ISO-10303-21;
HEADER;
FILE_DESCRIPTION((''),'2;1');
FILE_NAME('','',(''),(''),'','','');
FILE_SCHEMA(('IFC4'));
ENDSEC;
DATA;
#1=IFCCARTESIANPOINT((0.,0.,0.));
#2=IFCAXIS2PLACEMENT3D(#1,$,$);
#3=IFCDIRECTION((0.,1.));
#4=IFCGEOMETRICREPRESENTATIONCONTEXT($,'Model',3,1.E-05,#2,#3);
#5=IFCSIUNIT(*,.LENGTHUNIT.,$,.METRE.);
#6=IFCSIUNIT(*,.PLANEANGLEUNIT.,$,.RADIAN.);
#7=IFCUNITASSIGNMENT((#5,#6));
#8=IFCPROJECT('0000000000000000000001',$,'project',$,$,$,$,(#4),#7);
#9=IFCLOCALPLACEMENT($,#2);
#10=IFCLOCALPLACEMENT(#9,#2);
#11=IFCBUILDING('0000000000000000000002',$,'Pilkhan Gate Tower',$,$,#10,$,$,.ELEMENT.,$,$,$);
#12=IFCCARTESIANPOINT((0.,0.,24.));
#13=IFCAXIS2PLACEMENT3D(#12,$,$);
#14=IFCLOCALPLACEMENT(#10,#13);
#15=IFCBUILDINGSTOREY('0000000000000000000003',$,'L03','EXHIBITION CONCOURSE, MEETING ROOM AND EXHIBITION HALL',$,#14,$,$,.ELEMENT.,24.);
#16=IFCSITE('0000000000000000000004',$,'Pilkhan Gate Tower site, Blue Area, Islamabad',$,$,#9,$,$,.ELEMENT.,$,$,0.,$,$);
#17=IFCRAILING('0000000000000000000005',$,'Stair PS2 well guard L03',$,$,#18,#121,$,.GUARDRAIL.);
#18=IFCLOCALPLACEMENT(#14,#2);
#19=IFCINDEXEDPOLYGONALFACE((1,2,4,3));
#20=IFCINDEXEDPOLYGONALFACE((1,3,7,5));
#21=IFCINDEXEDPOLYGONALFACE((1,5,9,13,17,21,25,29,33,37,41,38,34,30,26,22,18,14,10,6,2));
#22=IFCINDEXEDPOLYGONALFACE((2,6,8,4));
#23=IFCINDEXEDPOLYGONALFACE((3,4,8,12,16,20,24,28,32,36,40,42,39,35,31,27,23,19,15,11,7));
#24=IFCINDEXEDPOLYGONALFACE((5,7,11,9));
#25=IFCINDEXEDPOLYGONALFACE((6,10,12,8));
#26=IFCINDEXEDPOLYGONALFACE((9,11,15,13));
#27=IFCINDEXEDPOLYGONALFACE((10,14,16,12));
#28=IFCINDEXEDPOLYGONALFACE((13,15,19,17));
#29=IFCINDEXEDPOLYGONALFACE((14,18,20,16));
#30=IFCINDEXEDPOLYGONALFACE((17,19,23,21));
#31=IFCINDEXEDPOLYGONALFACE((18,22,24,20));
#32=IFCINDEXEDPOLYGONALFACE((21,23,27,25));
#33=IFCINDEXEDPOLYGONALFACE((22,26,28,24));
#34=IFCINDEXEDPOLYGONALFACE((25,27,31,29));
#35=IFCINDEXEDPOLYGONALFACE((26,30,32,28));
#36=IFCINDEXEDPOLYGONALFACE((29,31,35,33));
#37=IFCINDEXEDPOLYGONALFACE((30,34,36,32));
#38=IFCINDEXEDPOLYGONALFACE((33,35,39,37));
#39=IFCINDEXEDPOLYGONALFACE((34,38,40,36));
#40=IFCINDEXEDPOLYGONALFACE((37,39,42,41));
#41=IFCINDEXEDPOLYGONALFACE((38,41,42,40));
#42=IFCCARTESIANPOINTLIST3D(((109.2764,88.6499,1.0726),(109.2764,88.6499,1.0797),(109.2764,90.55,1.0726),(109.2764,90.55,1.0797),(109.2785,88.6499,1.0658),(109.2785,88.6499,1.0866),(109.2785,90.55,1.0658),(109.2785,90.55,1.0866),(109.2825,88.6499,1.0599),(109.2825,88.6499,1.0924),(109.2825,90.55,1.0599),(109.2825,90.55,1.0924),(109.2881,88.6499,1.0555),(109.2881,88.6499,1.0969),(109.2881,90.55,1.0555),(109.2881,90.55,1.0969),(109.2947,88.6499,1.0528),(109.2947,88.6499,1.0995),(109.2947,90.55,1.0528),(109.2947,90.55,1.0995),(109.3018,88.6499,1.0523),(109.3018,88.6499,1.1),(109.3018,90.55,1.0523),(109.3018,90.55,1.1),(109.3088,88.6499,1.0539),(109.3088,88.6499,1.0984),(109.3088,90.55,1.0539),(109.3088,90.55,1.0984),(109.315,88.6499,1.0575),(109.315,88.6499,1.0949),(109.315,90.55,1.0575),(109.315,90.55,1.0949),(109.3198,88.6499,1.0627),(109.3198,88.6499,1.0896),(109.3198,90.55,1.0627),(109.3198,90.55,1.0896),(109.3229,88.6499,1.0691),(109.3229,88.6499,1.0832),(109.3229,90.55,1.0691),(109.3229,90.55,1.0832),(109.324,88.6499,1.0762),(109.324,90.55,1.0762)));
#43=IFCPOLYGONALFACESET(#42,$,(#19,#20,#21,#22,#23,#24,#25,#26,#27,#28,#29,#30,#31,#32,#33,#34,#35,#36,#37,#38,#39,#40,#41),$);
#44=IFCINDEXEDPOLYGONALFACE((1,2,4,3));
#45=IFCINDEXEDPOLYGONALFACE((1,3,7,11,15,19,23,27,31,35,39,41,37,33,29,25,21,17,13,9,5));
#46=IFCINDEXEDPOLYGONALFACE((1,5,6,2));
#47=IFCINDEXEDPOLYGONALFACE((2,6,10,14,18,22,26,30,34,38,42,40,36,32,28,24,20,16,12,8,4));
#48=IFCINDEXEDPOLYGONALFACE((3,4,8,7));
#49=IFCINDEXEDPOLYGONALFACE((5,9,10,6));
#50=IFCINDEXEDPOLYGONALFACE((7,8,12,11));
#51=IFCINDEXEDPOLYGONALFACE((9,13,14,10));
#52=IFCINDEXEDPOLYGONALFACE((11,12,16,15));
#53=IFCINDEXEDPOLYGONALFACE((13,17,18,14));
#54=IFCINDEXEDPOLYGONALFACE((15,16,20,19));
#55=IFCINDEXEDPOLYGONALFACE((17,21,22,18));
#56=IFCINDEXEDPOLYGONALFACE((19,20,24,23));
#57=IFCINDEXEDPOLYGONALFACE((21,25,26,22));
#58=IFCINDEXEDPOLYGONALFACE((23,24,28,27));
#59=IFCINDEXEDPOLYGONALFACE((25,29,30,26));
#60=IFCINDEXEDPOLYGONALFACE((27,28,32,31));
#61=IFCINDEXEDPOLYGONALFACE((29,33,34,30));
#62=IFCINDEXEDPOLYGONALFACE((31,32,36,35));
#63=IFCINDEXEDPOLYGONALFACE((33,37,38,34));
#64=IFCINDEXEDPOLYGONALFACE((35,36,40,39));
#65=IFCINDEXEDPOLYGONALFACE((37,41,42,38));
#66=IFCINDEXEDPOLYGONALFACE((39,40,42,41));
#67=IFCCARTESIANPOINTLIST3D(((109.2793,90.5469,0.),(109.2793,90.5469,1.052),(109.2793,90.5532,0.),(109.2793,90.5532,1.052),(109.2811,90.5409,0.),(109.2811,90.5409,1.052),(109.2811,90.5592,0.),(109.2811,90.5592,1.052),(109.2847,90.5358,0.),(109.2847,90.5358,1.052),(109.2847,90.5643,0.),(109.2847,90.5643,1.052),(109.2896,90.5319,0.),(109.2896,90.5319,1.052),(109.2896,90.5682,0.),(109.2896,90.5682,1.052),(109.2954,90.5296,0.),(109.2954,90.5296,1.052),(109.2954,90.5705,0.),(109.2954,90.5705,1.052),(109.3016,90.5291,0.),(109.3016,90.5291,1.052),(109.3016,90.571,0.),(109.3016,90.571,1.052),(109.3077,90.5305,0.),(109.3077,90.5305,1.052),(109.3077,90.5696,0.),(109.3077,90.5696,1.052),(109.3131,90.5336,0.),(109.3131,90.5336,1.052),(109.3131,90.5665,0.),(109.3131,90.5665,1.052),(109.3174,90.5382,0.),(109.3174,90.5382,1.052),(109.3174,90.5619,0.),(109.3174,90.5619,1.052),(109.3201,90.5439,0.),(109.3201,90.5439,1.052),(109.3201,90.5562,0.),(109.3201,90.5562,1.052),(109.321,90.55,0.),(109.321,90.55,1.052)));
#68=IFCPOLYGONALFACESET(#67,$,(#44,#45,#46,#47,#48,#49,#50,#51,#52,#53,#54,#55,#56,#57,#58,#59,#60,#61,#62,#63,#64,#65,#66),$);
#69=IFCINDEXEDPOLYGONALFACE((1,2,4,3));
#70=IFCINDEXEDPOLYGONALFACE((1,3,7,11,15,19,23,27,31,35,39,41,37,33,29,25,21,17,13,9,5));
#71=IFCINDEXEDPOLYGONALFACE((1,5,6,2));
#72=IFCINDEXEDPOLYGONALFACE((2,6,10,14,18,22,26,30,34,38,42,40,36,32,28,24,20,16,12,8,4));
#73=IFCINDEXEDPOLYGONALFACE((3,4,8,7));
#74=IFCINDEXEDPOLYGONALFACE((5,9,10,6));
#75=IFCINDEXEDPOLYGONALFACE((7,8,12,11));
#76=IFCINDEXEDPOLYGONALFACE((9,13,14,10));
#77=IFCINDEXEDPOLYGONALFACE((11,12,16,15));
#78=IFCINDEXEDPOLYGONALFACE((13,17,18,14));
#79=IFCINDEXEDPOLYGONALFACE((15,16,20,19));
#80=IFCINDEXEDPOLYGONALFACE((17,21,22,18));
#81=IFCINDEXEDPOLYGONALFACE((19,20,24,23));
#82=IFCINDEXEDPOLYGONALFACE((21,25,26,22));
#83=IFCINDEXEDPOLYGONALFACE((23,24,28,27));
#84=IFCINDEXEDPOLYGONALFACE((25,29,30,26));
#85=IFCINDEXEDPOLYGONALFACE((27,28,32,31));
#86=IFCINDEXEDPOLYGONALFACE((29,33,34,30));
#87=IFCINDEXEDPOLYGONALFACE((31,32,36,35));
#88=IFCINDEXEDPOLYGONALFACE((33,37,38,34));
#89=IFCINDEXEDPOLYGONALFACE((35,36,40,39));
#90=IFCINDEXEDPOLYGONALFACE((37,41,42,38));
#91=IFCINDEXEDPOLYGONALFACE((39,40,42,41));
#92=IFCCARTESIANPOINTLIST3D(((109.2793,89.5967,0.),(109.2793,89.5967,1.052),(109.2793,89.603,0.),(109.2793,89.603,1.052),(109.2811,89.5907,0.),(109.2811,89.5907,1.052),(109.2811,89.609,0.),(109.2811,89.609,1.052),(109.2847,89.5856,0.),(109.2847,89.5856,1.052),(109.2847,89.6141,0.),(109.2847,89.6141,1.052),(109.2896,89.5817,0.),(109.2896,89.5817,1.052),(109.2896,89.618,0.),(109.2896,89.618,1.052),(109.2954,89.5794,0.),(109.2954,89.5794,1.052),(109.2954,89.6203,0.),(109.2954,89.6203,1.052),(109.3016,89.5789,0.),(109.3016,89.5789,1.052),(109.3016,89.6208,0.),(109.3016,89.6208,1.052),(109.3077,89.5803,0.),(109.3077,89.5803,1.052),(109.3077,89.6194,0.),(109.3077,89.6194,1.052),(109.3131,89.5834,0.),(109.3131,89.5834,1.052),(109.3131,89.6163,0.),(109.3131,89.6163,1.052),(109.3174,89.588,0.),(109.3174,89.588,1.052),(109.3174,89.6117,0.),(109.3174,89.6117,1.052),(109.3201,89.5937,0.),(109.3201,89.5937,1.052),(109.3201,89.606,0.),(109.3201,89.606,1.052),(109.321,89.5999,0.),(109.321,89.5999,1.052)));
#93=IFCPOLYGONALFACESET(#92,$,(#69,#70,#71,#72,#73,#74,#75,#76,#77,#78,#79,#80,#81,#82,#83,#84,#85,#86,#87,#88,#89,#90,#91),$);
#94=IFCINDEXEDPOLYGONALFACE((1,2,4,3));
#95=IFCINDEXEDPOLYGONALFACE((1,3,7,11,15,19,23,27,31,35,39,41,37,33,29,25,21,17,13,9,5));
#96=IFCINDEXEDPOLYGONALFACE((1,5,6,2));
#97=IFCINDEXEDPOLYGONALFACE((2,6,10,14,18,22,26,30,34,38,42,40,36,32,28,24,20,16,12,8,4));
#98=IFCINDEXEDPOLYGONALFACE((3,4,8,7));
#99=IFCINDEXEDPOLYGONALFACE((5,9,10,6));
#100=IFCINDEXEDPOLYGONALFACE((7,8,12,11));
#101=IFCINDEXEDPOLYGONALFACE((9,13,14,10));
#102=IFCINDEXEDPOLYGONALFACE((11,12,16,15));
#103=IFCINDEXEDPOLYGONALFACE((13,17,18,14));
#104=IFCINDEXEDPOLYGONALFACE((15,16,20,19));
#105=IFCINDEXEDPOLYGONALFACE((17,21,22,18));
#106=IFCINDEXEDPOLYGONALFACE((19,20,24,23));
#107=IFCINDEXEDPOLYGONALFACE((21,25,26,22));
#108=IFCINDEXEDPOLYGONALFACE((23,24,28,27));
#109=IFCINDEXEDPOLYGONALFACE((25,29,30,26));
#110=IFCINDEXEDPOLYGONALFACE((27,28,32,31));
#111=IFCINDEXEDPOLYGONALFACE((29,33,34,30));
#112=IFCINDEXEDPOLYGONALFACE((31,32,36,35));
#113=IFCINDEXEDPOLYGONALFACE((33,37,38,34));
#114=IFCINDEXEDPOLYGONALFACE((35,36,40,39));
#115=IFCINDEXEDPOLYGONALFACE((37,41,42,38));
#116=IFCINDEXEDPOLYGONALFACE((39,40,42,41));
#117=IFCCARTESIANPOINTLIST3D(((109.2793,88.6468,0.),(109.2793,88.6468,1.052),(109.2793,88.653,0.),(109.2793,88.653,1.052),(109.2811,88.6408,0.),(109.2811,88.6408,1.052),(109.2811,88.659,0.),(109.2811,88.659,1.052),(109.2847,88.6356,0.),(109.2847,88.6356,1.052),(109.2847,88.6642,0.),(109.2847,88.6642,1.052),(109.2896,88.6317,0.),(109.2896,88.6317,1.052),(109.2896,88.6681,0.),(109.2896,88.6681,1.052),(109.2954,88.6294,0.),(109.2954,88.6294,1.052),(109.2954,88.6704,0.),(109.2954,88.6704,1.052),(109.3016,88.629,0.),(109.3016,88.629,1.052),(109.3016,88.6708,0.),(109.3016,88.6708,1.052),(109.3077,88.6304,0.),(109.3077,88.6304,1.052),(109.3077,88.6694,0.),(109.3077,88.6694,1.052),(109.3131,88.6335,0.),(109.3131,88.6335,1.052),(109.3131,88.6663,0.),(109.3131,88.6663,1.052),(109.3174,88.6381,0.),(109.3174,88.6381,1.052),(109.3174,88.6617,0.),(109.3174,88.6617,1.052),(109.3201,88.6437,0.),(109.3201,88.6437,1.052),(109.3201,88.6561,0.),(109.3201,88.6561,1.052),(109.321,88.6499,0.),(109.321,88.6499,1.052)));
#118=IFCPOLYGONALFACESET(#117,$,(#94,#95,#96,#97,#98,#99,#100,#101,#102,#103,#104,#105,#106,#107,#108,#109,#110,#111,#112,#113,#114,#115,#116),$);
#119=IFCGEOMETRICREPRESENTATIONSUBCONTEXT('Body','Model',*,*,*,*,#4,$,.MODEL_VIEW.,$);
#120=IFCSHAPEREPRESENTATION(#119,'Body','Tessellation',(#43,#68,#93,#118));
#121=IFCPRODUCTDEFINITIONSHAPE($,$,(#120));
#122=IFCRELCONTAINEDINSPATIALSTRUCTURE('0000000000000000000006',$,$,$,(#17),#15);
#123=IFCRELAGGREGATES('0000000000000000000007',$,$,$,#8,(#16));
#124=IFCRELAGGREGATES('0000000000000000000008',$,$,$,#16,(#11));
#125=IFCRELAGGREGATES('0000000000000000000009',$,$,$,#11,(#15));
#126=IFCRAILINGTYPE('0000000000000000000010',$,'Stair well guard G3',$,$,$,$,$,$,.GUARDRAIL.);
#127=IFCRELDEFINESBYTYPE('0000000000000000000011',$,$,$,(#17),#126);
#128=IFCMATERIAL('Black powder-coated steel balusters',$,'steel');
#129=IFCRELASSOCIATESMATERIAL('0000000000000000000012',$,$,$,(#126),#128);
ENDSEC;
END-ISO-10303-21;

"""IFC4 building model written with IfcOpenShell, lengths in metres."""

from ifc_helpers import new_model, si_unit, direction, frame, origin, origin_2d, place, context, subcontext, project, spatial, circle, extrude, material, type_object, element, save


model = new_model("IFC4")

# Units and contexts
model_context = context("Model", 3, precision=1e-05, world=origin(), true_north=direction((0.0, 1.0)))
body_context = subcontext(model_context, "Body", "Model", "MODEL_VIEW")
ifc_project = project(units=[si_unit("LENGTHUNIT", "METRE"), si_unit("PLANEANGLEUNIT", "RADIAN")], contexts=[model_context])

# Site, building, storey
site_placement = place(None, origin())
site = spatial("IfcSite", under=ifc_project, at=site_placement, Name="Pilkhan Gate Tower site, Blue Area, Islamabad", CompositionType="ELEMENT", RefElevation=0.0)
building_placement = place(site_placement, origin())
building = spatial("IfcBuilding", under=site, at=building_placement, Name="Pilkhan Gate Tower", CompositionType="ELEMENT")
storey_placement = place(building_placement, frame((0.0, 0.0, 24.0)))
storey = spatial("IfcBuildingStorey", under=building, at=storey_placement, Name="L03", Description="EXHIBITION CONCOURSE, MEETING ROOM AND EXHIBITION HALL", CompositionType="ELEMENT", Elevation=24.0)

# Railing
ifc_material_1 = material(Name="Black powder-coated steel balusters", Category="steel")
railing_type = type_object("IfcRailingType", Name="Stair well guard G3", PredefinedType="GUARDRAIL", material=ifc_material_1)
railing_1_placement = place(storey_placement, frame((109.3, 90.55, 0.0)))
element("IfcRailing", 1, at=railing_1_placement, inside=storey, type_object=railing_type, Name="Stair PS2 well guard L03", PredefinedType="GUARDRAIL", context=body_context, shape_type="SweptSolid", body=[
    extrude(circle(Radius=0.0239, at=origin_2d()), frame((0.0, 0.0, 1.0762), z_axis=(0.0, -1.0, 0.0), x_axis=(1.0, 0.0, 0.0)), (0.0, 0.0, 1.0), 1.9001),
    extrude(circle(Radius=0.021, at=origin_2d()), origin(), (0.0, 0.0, 1.0), 1.052),
    extrude(circle(Radius=0.021, at=origin_2d()), frame((0.0, -0.9502, 0.0)), (0.0, 0.0, 1.0), 1.052),
    extrude(circle(Radius=0.021, at=origin_2d()), frame((0.0, -1.9001, 0.0)), (0.0, 0.0, 1.0), 1.052),
])

save(model, "model.ifc")
